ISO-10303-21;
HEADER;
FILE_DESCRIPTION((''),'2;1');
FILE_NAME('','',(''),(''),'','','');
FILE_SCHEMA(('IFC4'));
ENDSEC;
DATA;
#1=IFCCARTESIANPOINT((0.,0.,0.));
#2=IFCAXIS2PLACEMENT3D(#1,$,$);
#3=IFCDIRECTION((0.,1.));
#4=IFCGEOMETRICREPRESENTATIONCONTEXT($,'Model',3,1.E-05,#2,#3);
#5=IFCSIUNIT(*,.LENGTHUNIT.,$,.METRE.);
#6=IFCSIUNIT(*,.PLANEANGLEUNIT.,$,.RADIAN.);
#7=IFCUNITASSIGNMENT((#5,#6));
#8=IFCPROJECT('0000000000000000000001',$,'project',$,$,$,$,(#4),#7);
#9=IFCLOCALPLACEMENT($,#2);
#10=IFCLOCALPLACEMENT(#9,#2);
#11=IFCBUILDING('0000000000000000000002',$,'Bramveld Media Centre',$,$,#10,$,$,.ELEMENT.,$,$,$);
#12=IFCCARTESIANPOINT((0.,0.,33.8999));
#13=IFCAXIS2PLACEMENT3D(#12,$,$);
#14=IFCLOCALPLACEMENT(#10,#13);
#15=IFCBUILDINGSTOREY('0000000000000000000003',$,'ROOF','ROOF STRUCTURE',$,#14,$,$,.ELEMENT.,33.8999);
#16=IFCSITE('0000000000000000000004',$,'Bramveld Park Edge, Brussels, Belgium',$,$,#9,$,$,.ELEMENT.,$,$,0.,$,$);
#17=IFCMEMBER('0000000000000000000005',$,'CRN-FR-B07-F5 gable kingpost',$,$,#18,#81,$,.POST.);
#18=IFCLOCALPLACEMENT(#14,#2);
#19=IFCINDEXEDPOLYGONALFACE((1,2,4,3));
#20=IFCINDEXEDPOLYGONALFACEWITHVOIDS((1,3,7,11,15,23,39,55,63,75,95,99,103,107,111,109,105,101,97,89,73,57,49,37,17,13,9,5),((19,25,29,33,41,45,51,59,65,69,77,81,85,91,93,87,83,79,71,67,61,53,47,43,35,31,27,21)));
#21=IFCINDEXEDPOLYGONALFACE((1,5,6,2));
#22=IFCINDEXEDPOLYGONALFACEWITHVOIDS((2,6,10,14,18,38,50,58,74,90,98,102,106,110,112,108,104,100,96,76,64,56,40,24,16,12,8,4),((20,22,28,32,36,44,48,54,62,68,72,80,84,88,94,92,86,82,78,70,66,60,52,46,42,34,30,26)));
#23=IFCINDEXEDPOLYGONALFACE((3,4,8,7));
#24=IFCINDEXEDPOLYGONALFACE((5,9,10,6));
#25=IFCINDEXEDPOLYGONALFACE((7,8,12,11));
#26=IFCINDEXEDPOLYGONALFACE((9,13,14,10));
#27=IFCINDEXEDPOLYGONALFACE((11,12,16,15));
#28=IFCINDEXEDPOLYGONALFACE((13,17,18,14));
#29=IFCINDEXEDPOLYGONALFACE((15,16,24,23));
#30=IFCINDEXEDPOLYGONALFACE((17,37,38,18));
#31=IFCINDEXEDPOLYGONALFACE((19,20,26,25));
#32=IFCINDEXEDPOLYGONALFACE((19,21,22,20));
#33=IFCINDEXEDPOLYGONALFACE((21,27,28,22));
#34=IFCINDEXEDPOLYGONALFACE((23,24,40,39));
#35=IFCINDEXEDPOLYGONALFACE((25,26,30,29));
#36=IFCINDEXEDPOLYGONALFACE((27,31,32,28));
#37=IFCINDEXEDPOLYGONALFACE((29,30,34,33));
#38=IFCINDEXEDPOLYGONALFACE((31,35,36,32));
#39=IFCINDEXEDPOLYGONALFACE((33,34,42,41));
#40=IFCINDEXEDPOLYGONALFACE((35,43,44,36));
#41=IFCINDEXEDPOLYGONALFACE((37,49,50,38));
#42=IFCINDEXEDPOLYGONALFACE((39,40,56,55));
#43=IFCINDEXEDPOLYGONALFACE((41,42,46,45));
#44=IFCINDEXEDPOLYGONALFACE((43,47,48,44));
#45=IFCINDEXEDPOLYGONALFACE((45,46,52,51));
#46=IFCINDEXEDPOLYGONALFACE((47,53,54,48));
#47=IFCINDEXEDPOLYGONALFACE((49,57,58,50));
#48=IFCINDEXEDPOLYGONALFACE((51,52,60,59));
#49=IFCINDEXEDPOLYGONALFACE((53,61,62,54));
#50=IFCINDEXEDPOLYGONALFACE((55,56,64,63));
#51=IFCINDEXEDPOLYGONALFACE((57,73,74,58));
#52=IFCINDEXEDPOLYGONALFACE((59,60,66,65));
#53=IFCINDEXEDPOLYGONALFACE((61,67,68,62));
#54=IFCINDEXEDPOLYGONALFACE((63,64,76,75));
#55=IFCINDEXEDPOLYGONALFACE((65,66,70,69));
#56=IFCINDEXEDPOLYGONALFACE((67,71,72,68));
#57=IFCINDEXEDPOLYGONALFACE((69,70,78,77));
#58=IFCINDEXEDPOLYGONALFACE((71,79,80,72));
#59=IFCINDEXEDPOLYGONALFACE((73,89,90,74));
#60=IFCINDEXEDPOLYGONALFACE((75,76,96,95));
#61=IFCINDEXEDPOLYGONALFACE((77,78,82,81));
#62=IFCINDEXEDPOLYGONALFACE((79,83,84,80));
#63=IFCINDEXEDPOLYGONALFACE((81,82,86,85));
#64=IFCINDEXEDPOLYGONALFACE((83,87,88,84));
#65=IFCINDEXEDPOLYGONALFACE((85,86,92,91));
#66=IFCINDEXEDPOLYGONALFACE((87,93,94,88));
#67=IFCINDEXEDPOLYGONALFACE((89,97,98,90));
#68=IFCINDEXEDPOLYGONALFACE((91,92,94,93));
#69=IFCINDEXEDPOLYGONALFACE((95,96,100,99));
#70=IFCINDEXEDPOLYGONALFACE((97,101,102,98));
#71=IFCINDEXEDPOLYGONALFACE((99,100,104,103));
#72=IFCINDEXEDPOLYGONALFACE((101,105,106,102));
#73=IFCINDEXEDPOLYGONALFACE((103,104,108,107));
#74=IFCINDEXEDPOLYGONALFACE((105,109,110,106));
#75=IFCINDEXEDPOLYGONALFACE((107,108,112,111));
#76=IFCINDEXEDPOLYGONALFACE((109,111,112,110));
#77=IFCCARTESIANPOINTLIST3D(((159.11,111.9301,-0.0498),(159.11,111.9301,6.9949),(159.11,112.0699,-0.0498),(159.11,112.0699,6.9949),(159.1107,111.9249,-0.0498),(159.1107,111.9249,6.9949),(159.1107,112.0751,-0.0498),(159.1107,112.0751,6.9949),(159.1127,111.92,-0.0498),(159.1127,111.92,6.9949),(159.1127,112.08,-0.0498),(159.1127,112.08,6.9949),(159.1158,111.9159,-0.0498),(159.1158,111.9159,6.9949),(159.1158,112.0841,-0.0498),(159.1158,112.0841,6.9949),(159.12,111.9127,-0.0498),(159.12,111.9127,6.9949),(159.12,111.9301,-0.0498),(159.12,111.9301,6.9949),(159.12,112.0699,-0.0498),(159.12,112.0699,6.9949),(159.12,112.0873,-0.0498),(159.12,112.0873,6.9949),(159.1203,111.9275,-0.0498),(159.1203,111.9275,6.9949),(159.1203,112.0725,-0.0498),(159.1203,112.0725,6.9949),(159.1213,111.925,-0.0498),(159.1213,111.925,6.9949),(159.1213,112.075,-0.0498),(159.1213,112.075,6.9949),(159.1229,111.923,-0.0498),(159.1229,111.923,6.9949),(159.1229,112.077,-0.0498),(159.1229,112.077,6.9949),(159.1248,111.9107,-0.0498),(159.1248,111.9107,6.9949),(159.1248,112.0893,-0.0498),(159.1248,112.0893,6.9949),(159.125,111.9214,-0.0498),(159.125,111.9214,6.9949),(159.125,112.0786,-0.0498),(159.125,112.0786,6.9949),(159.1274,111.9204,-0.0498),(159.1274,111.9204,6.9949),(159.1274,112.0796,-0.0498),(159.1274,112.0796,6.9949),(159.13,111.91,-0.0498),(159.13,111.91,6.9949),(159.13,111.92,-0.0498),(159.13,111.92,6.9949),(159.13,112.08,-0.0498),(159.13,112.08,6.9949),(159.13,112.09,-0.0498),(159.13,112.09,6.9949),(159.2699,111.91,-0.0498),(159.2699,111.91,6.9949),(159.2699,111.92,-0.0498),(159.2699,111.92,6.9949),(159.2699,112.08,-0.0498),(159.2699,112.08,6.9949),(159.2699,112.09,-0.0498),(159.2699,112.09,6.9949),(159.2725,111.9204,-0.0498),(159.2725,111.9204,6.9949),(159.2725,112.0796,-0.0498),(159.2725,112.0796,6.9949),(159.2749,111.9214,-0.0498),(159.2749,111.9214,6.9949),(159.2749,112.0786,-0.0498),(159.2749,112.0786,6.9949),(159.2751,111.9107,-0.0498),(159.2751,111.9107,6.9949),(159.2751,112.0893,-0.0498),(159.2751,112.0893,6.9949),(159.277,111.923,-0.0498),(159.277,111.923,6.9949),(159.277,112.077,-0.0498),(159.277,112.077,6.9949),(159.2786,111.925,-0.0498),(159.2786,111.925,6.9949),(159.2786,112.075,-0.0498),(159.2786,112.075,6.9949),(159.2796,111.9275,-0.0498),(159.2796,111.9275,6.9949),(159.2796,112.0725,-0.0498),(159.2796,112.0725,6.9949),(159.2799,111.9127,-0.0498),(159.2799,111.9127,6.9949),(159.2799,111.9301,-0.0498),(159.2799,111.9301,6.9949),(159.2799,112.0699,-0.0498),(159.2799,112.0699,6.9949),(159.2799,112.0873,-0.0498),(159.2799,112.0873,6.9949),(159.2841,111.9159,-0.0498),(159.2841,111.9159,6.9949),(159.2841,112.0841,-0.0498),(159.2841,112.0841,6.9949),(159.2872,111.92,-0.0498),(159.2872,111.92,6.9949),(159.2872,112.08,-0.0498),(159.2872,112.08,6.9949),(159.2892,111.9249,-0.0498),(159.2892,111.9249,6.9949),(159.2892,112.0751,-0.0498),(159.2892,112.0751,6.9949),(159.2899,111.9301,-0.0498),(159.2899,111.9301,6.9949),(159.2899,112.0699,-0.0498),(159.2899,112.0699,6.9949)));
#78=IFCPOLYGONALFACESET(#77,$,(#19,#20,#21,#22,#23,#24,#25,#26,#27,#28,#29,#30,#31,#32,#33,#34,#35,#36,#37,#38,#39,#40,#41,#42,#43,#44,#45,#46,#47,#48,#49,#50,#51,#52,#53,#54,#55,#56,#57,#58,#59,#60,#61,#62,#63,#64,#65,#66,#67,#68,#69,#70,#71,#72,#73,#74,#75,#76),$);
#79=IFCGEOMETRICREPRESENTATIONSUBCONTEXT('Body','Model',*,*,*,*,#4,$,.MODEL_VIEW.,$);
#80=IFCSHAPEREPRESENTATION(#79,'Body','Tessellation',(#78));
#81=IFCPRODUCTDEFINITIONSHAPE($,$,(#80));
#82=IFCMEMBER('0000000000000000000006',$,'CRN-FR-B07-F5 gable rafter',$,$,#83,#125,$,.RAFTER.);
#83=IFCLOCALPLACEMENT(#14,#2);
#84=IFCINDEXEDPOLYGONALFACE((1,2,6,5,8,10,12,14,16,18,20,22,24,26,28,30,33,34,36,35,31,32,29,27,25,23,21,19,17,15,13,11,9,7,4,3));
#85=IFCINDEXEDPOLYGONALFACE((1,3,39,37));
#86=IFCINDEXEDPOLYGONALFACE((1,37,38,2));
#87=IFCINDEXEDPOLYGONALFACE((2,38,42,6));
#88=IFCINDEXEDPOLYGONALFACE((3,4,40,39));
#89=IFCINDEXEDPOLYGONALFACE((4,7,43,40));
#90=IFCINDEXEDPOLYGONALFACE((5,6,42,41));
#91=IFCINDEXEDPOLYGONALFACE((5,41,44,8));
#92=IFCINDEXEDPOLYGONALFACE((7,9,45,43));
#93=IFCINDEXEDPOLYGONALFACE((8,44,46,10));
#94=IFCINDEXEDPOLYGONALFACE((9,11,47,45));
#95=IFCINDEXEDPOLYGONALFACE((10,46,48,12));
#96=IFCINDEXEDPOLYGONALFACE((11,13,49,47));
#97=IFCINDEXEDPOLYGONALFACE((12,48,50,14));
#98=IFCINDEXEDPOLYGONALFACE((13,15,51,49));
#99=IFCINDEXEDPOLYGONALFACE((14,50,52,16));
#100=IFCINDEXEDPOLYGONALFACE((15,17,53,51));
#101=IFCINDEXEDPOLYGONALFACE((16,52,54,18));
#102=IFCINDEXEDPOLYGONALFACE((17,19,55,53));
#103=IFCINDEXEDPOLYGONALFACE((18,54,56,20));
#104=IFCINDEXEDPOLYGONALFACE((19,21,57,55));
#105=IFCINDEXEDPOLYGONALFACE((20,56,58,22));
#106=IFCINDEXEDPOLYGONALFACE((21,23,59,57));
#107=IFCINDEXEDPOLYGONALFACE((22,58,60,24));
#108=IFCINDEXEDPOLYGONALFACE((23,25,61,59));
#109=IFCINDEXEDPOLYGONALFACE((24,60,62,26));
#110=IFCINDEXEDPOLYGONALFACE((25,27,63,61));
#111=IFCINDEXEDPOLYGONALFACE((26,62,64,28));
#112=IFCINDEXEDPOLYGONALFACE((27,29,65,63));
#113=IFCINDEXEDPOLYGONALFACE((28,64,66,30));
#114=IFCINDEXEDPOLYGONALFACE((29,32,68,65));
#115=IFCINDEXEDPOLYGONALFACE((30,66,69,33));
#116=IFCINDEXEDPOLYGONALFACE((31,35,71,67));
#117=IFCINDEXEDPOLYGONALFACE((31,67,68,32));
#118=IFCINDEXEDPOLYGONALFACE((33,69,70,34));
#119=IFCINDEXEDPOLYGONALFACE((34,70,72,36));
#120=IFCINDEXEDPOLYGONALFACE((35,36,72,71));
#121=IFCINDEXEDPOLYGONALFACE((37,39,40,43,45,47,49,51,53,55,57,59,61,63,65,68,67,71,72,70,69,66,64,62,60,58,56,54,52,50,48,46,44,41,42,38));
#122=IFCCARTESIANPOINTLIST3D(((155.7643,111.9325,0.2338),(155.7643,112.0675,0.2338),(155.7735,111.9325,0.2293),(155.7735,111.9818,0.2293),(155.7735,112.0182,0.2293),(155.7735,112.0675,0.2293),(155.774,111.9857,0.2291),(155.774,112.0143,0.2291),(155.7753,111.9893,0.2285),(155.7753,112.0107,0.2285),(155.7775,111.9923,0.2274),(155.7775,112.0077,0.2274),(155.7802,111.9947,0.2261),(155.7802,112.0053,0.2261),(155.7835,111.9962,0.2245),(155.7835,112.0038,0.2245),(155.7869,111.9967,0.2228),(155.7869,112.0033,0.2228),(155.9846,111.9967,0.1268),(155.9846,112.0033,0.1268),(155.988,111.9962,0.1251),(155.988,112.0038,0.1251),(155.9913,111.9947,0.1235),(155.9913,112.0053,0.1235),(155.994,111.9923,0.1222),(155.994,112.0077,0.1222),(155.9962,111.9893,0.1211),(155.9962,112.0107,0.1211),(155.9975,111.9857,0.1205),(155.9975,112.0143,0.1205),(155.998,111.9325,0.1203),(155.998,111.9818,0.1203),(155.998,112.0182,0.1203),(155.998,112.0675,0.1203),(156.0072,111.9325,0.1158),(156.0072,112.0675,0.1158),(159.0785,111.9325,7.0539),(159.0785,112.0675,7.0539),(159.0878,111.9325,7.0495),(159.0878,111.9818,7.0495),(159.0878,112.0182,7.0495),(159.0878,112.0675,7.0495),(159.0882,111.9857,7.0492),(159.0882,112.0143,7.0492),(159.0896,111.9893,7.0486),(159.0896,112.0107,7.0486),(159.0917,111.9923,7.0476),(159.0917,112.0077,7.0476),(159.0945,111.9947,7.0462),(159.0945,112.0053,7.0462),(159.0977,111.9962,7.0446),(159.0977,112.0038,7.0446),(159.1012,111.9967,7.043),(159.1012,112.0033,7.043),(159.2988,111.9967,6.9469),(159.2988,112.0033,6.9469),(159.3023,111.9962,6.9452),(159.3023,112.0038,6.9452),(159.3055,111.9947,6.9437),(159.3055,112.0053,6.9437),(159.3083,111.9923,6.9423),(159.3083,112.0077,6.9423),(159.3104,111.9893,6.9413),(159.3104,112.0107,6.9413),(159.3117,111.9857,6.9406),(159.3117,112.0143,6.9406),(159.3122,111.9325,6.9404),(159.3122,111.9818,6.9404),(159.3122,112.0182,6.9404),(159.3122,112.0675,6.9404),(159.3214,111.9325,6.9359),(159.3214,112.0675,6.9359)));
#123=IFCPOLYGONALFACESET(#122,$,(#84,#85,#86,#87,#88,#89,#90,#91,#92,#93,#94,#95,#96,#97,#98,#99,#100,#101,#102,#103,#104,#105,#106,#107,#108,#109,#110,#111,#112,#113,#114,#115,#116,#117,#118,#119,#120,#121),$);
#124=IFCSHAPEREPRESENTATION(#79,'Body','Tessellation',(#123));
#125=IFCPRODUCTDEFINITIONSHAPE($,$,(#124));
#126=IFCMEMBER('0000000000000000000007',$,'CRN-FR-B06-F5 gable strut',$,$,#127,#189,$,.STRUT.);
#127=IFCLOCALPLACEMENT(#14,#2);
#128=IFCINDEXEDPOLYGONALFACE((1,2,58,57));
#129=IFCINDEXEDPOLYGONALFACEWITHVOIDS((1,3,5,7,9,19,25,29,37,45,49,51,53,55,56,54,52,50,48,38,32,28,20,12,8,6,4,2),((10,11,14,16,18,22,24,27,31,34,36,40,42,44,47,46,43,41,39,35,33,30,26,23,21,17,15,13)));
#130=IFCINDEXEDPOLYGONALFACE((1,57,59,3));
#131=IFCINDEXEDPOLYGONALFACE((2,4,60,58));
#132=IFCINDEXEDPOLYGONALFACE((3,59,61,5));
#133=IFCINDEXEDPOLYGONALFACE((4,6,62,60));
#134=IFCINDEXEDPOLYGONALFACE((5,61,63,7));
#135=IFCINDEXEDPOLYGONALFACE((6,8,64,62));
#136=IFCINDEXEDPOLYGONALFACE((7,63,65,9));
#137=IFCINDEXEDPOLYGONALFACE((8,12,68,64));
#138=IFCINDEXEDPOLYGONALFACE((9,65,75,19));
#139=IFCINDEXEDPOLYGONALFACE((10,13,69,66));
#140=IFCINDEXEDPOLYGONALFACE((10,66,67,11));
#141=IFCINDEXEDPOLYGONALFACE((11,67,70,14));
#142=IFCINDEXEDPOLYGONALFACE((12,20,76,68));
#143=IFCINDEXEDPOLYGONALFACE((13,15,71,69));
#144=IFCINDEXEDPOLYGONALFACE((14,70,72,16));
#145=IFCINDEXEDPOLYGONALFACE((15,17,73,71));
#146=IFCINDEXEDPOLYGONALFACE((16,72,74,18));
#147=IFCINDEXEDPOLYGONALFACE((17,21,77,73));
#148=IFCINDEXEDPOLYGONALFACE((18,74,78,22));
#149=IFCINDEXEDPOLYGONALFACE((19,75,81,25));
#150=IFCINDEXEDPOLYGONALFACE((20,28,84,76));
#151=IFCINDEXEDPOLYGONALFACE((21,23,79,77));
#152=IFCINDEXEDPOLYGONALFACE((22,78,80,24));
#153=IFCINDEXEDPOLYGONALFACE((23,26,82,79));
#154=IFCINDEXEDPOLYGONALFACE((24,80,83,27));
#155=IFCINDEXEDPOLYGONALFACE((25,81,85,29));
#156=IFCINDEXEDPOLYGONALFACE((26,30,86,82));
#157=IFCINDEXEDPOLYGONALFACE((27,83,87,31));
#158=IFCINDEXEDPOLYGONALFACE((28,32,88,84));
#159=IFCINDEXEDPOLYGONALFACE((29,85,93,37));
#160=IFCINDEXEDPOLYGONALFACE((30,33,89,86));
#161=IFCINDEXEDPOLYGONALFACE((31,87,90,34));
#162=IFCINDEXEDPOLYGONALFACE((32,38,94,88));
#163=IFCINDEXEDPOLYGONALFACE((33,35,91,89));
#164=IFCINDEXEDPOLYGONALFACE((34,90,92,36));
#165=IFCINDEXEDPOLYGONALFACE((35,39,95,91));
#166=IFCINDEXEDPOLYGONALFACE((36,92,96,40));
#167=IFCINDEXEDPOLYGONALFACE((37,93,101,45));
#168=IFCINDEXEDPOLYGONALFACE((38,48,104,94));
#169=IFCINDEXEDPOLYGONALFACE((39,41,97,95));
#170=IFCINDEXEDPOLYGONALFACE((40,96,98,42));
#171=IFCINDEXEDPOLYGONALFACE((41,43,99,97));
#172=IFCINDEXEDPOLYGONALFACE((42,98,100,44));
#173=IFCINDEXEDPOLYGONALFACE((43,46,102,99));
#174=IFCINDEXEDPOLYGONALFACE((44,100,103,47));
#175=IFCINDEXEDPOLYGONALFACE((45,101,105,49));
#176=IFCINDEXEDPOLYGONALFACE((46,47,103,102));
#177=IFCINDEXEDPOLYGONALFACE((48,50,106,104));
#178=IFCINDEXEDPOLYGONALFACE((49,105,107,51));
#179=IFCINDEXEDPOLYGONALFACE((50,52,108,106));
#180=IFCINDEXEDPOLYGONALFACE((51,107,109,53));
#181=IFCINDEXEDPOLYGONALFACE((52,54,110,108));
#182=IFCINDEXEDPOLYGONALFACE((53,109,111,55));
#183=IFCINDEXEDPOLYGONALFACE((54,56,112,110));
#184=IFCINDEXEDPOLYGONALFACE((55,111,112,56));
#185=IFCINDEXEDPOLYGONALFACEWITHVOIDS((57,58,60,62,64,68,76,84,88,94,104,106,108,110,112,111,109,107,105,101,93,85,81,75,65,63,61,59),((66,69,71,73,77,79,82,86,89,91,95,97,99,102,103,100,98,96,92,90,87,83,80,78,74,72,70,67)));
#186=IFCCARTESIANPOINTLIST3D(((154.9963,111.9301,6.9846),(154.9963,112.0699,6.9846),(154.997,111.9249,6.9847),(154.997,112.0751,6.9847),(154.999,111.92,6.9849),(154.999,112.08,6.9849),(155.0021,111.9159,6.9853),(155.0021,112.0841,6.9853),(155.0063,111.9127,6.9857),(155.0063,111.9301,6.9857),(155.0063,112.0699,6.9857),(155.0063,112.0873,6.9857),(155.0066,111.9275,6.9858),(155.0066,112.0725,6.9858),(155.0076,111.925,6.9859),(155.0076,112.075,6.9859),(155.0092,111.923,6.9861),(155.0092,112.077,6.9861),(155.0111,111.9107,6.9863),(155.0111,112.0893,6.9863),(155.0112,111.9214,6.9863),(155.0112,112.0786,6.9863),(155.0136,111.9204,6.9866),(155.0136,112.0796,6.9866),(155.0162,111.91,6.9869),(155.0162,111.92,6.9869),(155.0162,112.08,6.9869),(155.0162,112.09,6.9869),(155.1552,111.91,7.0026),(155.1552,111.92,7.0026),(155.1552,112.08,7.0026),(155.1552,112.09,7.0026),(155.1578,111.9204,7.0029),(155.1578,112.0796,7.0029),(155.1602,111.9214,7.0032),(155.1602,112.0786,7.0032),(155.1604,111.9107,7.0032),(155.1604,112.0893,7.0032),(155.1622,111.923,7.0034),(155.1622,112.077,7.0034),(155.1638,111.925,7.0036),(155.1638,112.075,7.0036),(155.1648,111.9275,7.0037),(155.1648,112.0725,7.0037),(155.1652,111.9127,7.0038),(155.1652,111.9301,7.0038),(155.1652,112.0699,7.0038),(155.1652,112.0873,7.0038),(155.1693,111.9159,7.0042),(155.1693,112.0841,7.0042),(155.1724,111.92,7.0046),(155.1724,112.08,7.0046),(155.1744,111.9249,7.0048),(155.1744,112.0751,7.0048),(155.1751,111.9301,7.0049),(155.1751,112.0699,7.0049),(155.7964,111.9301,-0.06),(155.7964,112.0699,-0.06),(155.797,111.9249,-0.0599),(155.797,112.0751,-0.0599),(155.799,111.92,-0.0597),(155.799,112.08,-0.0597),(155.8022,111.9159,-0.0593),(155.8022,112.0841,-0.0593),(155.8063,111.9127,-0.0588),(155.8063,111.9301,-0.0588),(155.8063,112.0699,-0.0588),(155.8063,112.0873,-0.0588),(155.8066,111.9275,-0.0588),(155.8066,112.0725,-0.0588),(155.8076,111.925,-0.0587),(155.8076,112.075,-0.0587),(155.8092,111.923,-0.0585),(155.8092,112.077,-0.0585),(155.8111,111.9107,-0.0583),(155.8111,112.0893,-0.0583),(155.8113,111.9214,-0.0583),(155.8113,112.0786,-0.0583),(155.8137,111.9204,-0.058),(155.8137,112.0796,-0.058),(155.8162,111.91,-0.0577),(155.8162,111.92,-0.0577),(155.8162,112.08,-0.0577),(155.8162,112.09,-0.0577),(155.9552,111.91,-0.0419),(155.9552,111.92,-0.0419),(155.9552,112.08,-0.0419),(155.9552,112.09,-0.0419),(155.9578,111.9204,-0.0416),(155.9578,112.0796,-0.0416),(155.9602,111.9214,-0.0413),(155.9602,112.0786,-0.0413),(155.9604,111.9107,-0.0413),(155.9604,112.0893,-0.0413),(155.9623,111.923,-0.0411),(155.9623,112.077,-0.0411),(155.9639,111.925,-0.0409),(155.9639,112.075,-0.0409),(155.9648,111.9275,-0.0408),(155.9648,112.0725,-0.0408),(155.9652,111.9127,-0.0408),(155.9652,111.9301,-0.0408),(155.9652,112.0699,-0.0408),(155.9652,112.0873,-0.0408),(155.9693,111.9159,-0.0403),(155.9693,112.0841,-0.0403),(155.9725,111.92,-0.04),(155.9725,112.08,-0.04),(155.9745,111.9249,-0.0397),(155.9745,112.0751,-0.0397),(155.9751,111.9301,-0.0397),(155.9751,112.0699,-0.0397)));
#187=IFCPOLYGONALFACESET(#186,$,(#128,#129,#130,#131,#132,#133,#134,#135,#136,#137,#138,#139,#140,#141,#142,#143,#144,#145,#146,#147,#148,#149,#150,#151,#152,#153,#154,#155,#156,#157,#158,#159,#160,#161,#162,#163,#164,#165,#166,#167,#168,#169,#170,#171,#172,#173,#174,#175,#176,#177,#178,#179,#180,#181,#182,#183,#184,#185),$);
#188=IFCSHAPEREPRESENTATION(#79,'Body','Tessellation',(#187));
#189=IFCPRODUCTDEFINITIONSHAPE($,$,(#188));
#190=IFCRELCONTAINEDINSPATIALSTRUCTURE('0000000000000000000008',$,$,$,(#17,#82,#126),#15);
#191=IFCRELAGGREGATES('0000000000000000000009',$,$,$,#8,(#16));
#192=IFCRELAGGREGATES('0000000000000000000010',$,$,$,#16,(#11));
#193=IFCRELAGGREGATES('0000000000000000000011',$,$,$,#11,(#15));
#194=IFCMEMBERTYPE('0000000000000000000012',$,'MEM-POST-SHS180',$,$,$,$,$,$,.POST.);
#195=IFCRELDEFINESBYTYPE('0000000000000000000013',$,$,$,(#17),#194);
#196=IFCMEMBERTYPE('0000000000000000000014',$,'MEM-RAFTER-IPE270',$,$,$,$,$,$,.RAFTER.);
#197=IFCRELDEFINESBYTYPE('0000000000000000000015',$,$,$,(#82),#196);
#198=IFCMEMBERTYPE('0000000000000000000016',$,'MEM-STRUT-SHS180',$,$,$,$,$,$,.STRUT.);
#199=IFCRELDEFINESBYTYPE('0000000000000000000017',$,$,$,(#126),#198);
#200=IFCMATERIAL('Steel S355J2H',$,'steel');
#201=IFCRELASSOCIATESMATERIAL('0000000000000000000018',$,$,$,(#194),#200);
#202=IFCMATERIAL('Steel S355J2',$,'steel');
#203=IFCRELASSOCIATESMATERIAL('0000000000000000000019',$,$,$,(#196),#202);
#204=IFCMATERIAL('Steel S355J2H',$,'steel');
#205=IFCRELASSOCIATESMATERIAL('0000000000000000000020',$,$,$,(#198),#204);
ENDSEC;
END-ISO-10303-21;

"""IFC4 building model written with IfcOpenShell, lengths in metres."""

from ifc_helpers import new_model, si_unit, direction, frame, origin, origin_2d, place, context, subcontext, project, spatial, hollow_rectangle, i_section, extrude, material, material_profile, profile_set, type_object, element, save


model = new_model("IFC4")

# Units and contexts
model_context = context("Model", 3, precision=1e-05, world=origin(), true_north=direction((0.0, 1.0)))
body_context = subcontext(model_context, "Body", "Model", "MODEL_VIEW")
ifc_project = project(units=[si_unit("LENGTHUNIT", "METRE"), si_unit("PLANEANGLEUNIT", "RADIAN")], contexts=[model_context])

# Site, building, storey
site_placement = place(None, origin())
site = spatial("IfcSite", under=ifc_project, at=site_placement, Name="Bramveld Park Edge, Brussels, Belgium", CompositionType="ELEMENT", RefElevation=0.0)
building_placement = place(site_placement, origin())
building = spatial("IfcBuilding", under=site, at=building_placement, Name="Bramveld Media Centre", CompositionType="ELEMENT")
storey_placement = place(building_placement, frame((0.0, 0.0, 33.8999)))
storey = spatial("IfcBuildingStorey", under=building, at=storey_placement, Name="ROOF", Description="ROOF STRUCTURE", CompositionType="ELEMENT", Elevation=33.8999)

# Members
ifc_material_1 = material(Name="Steel S355J2H", Category="steel")
ifc_material_profile_1 = material_profile(ifc_material_1, hollow_rectangle(XDim=0.1799, YDim=0.1799, WallThickness=0.01, InnerFilletRadius=0.01, OuterFilletRadius=0.02, at=origin_2d()), Name="SHS 180x180x10")
ifc_profile_set_1 = profile_set([ifc_material_profile_1], Name="Steel S355J2H")
member_type_1 = type_object("IfcMemberType", Name="MEM-POST-SHS180", PredefinedType="POST", material=ifc_profile_set_1)
member_1_placement = place(storey_placement, frame((159.2, 112.0, -0.0498), z_axis=(0.0, 0.0, 1.0), x_axis=(1.0, 0.0, 0.0)))
element("IfcMember", 1, at=member_1_placement, inside=storey, type_object=member_type_1, Name="CRN-FR-B07-F5 gable kingpost", PredefinedType="POST", context=body_context, shape_type="SweptSolid", body=[
    extrude(hollow_rectangle(XDim=0.1799, YDim=0.1799, WallThickness=0.01, InnerFilletRadius=0.01, OuterFilletRadius=0.02, at=origin_2d()), origin(), (0.0, 0.0, 1.0), 7.0447),
])
ifc_material_2 = material(Name="Steel S355J2", Category="steel")
ifc_material_profile_2 = material_profile(ifc_material_2, i_section(OverallWidth=0.135, OverallDepth=0.27, WebThickness=0.0066, FlangeThickness=0.0103, FilletRadius=0.0149, at=origin_2d()), Name="IPE 270")
ifc_profile_set_2 = profile_set([ifc_material_profile_2], Name="Steel S355J2")
member_type_2 = type_object("IfcMemberType", Name="MEM-RAFTER-IPE270", PredefinedType="RAFTER", material=ifc_profile_set_2)
member_2_placement = place(storey_placement, frame((155.8857, 112.0, 0.1748), z_axis=(0.437075, 0.0, 0.899425), x_axis=(0.0, 1.0, 0.0)))
element("IfcMember", 2, at=member_2_placement, inside=storey, type_object=member_type_2, Name="CRN-FR-B07-F5 gable rafter", PredefinedType="RAFTER", context=body_context, shape_type="SweptSolid", body=[
    extrude(i_section(OverallWidth=0.135, OverallDepth=0.27, WebThickness=0.0066, FlangeThickness=0.0103, FilletRadius=0.0149, at=origin_2d()), origin(), (0.0, 0.0, 1.0), 7.5828),
])
ifc_material_3 = material(Name="Steel S355J2H", Category="steel")
ifc_material_profile_3 = material_profile(ifc_material_3, hollow_rectangle(XDim=0.1799, YDim=0.1799, WallThickness=0.01, InnerFilletRadius=0.01, OuterFilletRadius=0.02, at=origin_2d()), Name="SHS 180x180x10")
ifc_profile_set_3 = profile_set([ifc_material_profile_3], Name="Steel S355J2H")
member_type_3 = type_object("IfcMemberType", Name="MEM-STRUT-SHS180", PredefinedType="STRUT", material=ifc_profile_set_3)
for number, where, z_axis, x_axis, name in (
    (3, (155.8857, 112.0, -0.0498), (-0.112842, 0.0, 0.993613), (0.0, -1.0, 0.0), "CRN-FR-B06-F5 gable strut"),
):
    element("IfcMember", number, at=place(storey_placement, frame(where, z_axis=z_axis, x_axis=x_axis)), inside=storey, type_object=member_type_3, Name=name, PredefinedType="STRUT", context=body_context, shape_type="SweptSolid", body=[
        extrude(hollow_rectangle(XDim=0.1799, YDim=0.1799, WallThickness=0.01, InnerFilletRadius=0.01, OuterFilletRadius=0.02, at=origin_2d()), origin(), (0.0, 0.0, 1.0), 7.0898),
    ])

save(model, "model.ifc")
